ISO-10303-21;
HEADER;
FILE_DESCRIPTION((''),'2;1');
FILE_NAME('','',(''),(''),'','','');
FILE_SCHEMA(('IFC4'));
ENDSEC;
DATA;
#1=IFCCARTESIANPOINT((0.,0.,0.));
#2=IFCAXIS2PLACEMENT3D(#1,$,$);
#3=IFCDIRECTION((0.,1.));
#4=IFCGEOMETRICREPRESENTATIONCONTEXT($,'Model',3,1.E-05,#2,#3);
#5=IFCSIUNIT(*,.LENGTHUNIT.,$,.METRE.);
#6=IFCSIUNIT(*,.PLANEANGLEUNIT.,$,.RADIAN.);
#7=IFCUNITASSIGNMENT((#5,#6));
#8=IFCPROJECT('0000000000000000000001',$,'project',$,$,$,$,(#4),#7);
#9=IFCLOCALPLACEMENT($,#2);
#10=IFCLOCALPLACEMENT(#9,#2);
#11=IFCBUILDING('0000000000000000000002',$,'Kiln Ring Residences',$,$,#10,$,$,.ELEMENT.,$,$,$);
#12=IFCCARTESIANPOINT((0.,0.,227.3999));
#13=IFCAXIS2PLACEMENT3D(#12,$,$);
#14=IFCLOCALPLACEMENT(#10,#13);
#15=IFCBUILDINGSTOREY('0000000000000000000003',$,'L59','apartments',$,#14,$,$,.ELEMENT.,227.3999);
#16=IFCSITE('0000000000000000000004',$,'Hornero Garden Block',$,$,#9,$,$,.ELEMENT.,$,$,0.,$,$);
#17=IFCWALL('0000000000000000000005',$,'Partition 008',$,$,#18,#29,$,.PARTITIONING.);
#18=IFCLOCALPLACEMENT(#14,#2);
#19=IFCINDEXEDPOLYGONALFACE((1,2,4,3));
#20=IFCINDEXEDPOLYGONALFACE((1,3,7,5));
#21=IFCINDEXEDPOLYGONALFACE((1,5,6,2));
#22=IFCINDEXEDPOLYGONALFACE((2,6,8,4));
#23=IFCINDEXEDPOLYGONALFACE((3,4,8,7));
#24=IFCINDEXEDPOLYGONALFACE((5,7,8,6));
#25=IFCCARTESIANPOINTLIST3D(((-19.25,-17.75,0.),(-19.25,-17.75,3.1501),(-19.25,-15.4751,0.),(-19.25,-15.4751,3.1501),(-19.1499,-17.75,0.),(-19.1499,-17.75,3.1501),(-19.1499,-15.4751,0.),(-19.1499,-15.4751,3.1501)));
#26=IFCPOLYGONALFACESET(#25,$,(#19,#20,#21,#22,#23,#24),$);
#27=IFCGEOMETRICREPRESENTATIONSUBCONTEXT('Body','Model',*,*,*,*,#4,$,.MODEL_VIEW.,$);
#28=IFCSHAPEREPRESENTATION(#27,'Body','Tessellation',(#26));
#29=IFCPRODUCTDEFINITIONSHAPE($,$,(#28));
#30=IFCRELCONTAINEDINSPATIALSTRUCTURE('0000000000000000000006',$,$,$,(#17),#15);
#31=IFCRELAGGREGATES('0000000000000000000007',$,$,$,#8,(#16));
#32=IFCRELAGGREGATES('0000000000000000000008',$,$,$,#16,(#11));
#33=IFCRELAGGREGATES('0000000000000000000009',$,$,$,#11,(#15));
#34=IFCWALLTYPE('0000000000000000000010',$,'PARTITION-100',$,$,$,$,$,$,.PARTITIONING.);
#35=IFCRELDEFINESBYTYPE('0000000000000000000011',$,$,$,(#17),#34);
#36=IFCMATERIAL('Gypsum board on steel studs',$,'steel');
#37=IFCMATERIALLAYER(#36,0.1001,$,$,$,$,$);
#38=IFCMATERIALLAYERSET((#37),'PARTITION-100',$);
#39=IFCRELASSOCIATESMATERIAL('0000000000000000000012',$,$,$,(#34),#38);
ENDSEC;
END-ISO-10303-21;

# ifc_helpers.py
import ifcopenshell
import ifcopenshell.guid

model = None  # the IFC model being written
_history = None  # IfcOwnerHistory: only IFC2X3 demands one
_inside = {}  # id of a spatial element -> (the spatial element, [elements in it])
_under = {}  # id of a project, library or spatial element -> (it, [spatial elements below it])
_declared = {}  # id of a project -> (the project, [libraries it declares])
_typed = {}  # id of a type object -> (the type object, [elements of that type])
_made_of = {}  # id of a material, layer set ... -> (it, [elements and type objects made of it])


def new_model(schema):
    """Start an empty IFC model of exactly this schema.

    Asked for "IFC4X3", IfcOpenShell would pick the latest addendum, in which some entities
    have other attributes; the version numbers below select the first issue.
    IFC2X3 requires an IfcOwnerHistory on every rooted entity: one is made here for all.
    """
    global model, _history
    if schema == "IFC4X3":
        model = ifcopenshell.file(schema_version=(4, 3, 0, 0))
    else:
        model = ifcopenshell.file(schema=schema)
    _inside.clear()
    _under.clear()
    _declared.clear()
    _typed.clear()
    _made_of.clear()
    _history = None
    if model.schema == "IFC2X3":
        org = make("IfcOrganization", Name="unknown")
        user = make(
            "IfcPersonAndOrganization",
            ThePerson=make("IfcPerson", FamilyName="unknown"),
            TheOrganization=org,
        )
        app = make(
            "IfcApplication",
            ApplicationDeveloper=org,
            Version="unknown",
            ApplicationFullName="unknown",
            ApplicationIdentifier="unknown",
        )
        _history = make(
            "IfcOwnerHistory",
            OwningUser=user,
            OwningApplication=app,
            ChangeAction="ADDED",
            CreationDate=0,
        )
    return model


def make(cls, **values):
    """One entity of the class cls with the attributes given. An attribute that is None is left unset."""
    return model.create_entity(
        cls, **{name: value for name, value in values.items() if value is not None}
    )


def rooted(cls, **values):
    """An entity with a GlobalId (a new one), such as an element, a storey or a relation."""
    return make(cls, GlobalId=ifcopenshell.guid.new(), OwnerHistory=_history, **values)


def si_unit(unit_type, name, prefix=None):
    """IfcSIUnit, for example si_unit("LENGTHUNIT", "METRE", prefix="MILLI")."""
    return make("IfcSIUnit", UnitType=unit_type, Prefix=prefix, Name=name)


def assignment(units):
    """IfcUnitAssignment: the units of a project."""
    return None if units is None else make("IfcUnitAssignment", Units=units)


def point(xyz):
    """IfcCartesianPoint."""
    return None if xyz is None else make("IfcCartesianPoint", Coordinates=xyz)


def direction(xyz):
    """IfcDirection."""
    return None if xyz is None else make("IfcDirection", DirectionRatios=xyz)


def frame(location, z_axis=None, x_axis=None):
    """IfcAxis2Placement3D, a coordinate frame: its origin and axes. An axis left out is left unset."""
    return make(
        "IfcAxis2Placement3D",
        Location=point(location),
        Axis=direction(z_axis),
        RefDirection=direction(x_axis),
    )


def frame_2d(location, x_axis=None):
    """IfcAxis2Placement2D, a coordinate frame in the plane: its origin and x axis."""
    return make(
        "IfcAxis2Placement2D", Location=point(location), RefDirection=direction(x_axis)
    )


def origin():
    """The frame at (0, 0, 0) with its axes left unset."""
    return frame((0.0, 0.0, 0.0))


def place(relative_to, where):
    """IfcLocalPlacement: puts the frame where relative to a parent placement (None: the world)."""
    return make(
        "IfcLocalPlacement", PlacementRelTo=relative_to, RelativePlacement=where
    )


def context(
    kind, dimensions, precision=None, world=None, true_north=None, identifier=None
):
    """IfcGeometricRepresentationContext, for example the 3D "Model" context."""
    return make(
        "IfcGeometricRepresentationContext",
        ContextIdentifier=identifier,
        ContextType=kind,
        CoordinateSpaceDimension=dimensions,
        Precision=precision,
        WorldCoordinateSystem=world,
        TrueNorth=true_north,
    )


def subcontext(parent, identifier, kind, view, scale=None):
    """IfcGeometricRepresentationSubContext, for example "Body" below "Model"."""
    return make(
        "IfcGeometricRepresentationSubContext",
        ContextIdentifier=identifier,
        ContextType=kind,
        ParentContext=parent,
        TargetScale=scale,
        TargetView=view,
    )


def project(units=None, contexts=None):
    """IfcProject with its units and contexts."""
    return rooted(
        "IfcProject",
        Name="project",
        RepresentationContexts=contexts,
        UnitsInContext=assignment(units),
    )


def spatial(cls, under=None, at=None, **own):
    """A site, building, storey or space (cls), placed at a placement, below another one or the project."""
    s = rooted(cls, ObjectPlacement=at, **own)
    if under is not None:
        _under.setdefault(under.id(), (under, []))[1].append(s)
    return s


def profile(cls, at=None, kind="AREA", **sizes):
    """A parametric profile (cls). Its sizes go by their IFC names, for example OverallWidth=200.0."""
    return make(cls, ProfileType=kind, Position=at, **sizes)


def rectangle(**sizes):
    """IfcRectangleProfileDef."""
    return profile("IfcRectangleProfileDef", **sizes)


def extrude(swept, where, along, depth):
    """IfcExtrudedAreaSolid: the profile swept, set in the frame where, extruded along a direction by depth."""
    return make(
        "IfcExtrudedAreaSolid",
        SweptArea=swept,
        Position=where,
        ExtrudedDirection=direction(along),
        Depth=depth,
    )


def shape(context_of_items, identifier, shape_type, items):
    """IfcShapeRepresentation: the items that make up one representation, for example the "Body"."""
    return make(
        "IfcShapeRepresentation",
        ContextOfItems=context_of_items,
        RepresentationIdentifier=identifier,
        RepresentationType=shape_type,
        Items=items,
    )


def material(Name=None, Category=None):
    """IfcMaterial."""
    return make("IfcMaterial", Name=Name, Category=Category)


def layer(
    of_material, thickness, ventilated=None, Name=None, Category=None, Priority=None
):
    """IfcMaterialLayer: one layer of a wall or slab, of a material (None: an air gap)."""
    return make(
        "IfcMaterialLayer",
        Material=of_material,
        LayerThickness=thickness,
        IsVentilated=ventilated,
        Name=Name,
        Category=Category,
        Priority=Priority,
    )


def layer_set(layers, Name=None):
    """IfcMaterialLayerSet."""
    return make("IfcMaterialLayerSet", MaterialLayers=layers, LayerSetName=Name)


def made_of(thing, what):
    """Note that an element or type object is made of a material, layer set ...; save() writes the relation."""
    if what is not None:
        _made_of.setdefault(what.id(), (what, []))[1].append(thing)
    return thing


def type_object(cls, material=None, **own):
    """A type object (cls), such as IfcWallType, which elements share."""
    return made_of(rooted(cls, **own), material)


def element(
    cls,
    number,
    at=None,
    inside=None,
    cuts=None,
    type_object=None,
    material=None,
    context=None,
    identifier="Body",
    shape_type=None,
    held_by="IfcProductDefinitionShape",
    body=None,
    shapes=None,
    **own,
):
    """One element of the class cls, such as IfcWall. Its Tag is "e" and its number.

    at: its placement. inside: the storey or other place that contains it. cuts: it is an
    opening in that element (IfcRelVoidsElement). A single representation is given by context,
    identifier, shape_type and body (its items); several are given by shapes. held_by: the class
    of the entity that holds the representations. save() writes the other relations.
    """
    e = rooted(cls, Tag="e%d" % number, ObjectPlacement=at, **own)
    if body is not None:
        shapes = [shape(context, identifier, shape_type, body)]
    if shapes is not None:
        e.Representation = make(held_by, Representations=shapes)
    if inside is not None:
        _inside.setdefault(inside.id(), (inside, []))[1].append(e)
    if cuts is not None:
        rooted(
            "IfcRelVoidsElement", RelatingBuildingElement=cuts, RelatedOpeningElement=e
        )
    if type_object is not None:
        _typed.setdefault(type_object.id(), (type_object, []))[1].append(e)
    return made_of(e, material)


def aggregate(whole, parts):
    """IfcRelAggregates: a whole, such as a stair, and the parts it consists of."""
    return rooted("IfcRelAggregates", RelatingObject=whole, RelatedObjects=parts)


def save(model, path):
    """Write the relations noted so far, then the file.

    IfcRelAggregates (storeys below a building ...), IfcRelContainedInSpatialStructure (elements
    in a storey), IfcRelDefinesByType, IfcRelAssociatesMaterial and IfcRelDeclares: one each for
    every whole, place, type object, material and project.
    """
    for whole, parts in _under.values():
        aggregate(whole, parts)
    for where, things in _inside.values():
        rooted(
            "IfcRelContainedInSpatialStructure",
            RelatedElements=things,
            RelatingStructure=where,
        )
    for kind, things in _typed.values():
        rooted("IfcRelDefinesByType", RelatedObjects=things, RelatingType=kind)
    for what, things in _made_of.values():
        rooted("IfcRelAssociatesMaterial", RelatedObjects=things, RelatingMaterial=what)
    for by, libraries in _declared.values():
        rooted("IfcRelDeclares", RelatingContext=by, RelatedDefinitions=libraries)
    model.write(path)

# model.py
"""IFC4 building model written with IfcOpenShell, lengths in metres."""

from ifc_helpers import new_model, si_unit, direction, frame, frame_2d, origin, place, context, subcontext, project, spatial, rectangle, extrude, material, layer, layer_set, type_object, element, save


model = new_model("IFC4")

# Units and contexts
model_context = context("Model", 3, precision=1e-05, world=origin(), true_north=direction((0.0, 1.0)))
body_context = subcontext(model_context, "Body", "Model", "MODEL_VIEW")
ifc_project = project(units=[si_unit("LENGTHUNIT", "METRE"), si_unit("PLANEANGLEUNIT", "RADIAN")], contexts=[model_context])

# Site, building, storey
site_placement = place(None, origin())
site = spatial("IfcSite", under=ifc_project, at=site_placement, Name="Hornero Garden Block", CompositionType="ELEMENT", RefElevation=0.0)
building_placement = place(site_placement, origin())
building = spatial("IfcBuilding", under=site, at=building_placement, Name="Kiln Ring Residences", CompositionType="ELEMENT")
storey_placement = place(building_placement, frame((0.0, 0.0, 227.3999)))
storey = spatial("IfcBuildingStorey", under=building, at=storey_placement, Name="L59", Description="apartments", CompositionType="ELEMENT", Elevation=227.3999)

# Shared definitions
ifc_material_1 = material(Name="Gypsum board on steel studs", Category="steel")
ifc_layer = layer(ifc_material_1, 0.1001)
ifc_layer_set = layer_set([ifc_layer], Name="PARTITION-100")
wall_type = type_object("IfcWallType", Name="PARTITION-100", PredefinedType="PARTITIONING", material=ifc_layer_set)

# Wall
wall_1_placement = place(storey_placement, frame((-19.2, -17.75, 0.0), z_axis=(0.0, 0.0, 1.0), x_axis=(0.0, 1.0, 0.0)))
element("IfcWall", 1, at=wall_1_placement, inside=storey, type_object=wall_type, Name="Partition 008", PredefinedType="PARTITIONING", context=body_context, shape_type="SweptSolid", body=[
    extrude(rectangle(XDim=2.2749, YDim=0.1001, at=frame_2d((1.1375, 0.0))), origin(), (0.0, 0.0, 1.0), 3.1501),
])

save(model, "model.ifc")
